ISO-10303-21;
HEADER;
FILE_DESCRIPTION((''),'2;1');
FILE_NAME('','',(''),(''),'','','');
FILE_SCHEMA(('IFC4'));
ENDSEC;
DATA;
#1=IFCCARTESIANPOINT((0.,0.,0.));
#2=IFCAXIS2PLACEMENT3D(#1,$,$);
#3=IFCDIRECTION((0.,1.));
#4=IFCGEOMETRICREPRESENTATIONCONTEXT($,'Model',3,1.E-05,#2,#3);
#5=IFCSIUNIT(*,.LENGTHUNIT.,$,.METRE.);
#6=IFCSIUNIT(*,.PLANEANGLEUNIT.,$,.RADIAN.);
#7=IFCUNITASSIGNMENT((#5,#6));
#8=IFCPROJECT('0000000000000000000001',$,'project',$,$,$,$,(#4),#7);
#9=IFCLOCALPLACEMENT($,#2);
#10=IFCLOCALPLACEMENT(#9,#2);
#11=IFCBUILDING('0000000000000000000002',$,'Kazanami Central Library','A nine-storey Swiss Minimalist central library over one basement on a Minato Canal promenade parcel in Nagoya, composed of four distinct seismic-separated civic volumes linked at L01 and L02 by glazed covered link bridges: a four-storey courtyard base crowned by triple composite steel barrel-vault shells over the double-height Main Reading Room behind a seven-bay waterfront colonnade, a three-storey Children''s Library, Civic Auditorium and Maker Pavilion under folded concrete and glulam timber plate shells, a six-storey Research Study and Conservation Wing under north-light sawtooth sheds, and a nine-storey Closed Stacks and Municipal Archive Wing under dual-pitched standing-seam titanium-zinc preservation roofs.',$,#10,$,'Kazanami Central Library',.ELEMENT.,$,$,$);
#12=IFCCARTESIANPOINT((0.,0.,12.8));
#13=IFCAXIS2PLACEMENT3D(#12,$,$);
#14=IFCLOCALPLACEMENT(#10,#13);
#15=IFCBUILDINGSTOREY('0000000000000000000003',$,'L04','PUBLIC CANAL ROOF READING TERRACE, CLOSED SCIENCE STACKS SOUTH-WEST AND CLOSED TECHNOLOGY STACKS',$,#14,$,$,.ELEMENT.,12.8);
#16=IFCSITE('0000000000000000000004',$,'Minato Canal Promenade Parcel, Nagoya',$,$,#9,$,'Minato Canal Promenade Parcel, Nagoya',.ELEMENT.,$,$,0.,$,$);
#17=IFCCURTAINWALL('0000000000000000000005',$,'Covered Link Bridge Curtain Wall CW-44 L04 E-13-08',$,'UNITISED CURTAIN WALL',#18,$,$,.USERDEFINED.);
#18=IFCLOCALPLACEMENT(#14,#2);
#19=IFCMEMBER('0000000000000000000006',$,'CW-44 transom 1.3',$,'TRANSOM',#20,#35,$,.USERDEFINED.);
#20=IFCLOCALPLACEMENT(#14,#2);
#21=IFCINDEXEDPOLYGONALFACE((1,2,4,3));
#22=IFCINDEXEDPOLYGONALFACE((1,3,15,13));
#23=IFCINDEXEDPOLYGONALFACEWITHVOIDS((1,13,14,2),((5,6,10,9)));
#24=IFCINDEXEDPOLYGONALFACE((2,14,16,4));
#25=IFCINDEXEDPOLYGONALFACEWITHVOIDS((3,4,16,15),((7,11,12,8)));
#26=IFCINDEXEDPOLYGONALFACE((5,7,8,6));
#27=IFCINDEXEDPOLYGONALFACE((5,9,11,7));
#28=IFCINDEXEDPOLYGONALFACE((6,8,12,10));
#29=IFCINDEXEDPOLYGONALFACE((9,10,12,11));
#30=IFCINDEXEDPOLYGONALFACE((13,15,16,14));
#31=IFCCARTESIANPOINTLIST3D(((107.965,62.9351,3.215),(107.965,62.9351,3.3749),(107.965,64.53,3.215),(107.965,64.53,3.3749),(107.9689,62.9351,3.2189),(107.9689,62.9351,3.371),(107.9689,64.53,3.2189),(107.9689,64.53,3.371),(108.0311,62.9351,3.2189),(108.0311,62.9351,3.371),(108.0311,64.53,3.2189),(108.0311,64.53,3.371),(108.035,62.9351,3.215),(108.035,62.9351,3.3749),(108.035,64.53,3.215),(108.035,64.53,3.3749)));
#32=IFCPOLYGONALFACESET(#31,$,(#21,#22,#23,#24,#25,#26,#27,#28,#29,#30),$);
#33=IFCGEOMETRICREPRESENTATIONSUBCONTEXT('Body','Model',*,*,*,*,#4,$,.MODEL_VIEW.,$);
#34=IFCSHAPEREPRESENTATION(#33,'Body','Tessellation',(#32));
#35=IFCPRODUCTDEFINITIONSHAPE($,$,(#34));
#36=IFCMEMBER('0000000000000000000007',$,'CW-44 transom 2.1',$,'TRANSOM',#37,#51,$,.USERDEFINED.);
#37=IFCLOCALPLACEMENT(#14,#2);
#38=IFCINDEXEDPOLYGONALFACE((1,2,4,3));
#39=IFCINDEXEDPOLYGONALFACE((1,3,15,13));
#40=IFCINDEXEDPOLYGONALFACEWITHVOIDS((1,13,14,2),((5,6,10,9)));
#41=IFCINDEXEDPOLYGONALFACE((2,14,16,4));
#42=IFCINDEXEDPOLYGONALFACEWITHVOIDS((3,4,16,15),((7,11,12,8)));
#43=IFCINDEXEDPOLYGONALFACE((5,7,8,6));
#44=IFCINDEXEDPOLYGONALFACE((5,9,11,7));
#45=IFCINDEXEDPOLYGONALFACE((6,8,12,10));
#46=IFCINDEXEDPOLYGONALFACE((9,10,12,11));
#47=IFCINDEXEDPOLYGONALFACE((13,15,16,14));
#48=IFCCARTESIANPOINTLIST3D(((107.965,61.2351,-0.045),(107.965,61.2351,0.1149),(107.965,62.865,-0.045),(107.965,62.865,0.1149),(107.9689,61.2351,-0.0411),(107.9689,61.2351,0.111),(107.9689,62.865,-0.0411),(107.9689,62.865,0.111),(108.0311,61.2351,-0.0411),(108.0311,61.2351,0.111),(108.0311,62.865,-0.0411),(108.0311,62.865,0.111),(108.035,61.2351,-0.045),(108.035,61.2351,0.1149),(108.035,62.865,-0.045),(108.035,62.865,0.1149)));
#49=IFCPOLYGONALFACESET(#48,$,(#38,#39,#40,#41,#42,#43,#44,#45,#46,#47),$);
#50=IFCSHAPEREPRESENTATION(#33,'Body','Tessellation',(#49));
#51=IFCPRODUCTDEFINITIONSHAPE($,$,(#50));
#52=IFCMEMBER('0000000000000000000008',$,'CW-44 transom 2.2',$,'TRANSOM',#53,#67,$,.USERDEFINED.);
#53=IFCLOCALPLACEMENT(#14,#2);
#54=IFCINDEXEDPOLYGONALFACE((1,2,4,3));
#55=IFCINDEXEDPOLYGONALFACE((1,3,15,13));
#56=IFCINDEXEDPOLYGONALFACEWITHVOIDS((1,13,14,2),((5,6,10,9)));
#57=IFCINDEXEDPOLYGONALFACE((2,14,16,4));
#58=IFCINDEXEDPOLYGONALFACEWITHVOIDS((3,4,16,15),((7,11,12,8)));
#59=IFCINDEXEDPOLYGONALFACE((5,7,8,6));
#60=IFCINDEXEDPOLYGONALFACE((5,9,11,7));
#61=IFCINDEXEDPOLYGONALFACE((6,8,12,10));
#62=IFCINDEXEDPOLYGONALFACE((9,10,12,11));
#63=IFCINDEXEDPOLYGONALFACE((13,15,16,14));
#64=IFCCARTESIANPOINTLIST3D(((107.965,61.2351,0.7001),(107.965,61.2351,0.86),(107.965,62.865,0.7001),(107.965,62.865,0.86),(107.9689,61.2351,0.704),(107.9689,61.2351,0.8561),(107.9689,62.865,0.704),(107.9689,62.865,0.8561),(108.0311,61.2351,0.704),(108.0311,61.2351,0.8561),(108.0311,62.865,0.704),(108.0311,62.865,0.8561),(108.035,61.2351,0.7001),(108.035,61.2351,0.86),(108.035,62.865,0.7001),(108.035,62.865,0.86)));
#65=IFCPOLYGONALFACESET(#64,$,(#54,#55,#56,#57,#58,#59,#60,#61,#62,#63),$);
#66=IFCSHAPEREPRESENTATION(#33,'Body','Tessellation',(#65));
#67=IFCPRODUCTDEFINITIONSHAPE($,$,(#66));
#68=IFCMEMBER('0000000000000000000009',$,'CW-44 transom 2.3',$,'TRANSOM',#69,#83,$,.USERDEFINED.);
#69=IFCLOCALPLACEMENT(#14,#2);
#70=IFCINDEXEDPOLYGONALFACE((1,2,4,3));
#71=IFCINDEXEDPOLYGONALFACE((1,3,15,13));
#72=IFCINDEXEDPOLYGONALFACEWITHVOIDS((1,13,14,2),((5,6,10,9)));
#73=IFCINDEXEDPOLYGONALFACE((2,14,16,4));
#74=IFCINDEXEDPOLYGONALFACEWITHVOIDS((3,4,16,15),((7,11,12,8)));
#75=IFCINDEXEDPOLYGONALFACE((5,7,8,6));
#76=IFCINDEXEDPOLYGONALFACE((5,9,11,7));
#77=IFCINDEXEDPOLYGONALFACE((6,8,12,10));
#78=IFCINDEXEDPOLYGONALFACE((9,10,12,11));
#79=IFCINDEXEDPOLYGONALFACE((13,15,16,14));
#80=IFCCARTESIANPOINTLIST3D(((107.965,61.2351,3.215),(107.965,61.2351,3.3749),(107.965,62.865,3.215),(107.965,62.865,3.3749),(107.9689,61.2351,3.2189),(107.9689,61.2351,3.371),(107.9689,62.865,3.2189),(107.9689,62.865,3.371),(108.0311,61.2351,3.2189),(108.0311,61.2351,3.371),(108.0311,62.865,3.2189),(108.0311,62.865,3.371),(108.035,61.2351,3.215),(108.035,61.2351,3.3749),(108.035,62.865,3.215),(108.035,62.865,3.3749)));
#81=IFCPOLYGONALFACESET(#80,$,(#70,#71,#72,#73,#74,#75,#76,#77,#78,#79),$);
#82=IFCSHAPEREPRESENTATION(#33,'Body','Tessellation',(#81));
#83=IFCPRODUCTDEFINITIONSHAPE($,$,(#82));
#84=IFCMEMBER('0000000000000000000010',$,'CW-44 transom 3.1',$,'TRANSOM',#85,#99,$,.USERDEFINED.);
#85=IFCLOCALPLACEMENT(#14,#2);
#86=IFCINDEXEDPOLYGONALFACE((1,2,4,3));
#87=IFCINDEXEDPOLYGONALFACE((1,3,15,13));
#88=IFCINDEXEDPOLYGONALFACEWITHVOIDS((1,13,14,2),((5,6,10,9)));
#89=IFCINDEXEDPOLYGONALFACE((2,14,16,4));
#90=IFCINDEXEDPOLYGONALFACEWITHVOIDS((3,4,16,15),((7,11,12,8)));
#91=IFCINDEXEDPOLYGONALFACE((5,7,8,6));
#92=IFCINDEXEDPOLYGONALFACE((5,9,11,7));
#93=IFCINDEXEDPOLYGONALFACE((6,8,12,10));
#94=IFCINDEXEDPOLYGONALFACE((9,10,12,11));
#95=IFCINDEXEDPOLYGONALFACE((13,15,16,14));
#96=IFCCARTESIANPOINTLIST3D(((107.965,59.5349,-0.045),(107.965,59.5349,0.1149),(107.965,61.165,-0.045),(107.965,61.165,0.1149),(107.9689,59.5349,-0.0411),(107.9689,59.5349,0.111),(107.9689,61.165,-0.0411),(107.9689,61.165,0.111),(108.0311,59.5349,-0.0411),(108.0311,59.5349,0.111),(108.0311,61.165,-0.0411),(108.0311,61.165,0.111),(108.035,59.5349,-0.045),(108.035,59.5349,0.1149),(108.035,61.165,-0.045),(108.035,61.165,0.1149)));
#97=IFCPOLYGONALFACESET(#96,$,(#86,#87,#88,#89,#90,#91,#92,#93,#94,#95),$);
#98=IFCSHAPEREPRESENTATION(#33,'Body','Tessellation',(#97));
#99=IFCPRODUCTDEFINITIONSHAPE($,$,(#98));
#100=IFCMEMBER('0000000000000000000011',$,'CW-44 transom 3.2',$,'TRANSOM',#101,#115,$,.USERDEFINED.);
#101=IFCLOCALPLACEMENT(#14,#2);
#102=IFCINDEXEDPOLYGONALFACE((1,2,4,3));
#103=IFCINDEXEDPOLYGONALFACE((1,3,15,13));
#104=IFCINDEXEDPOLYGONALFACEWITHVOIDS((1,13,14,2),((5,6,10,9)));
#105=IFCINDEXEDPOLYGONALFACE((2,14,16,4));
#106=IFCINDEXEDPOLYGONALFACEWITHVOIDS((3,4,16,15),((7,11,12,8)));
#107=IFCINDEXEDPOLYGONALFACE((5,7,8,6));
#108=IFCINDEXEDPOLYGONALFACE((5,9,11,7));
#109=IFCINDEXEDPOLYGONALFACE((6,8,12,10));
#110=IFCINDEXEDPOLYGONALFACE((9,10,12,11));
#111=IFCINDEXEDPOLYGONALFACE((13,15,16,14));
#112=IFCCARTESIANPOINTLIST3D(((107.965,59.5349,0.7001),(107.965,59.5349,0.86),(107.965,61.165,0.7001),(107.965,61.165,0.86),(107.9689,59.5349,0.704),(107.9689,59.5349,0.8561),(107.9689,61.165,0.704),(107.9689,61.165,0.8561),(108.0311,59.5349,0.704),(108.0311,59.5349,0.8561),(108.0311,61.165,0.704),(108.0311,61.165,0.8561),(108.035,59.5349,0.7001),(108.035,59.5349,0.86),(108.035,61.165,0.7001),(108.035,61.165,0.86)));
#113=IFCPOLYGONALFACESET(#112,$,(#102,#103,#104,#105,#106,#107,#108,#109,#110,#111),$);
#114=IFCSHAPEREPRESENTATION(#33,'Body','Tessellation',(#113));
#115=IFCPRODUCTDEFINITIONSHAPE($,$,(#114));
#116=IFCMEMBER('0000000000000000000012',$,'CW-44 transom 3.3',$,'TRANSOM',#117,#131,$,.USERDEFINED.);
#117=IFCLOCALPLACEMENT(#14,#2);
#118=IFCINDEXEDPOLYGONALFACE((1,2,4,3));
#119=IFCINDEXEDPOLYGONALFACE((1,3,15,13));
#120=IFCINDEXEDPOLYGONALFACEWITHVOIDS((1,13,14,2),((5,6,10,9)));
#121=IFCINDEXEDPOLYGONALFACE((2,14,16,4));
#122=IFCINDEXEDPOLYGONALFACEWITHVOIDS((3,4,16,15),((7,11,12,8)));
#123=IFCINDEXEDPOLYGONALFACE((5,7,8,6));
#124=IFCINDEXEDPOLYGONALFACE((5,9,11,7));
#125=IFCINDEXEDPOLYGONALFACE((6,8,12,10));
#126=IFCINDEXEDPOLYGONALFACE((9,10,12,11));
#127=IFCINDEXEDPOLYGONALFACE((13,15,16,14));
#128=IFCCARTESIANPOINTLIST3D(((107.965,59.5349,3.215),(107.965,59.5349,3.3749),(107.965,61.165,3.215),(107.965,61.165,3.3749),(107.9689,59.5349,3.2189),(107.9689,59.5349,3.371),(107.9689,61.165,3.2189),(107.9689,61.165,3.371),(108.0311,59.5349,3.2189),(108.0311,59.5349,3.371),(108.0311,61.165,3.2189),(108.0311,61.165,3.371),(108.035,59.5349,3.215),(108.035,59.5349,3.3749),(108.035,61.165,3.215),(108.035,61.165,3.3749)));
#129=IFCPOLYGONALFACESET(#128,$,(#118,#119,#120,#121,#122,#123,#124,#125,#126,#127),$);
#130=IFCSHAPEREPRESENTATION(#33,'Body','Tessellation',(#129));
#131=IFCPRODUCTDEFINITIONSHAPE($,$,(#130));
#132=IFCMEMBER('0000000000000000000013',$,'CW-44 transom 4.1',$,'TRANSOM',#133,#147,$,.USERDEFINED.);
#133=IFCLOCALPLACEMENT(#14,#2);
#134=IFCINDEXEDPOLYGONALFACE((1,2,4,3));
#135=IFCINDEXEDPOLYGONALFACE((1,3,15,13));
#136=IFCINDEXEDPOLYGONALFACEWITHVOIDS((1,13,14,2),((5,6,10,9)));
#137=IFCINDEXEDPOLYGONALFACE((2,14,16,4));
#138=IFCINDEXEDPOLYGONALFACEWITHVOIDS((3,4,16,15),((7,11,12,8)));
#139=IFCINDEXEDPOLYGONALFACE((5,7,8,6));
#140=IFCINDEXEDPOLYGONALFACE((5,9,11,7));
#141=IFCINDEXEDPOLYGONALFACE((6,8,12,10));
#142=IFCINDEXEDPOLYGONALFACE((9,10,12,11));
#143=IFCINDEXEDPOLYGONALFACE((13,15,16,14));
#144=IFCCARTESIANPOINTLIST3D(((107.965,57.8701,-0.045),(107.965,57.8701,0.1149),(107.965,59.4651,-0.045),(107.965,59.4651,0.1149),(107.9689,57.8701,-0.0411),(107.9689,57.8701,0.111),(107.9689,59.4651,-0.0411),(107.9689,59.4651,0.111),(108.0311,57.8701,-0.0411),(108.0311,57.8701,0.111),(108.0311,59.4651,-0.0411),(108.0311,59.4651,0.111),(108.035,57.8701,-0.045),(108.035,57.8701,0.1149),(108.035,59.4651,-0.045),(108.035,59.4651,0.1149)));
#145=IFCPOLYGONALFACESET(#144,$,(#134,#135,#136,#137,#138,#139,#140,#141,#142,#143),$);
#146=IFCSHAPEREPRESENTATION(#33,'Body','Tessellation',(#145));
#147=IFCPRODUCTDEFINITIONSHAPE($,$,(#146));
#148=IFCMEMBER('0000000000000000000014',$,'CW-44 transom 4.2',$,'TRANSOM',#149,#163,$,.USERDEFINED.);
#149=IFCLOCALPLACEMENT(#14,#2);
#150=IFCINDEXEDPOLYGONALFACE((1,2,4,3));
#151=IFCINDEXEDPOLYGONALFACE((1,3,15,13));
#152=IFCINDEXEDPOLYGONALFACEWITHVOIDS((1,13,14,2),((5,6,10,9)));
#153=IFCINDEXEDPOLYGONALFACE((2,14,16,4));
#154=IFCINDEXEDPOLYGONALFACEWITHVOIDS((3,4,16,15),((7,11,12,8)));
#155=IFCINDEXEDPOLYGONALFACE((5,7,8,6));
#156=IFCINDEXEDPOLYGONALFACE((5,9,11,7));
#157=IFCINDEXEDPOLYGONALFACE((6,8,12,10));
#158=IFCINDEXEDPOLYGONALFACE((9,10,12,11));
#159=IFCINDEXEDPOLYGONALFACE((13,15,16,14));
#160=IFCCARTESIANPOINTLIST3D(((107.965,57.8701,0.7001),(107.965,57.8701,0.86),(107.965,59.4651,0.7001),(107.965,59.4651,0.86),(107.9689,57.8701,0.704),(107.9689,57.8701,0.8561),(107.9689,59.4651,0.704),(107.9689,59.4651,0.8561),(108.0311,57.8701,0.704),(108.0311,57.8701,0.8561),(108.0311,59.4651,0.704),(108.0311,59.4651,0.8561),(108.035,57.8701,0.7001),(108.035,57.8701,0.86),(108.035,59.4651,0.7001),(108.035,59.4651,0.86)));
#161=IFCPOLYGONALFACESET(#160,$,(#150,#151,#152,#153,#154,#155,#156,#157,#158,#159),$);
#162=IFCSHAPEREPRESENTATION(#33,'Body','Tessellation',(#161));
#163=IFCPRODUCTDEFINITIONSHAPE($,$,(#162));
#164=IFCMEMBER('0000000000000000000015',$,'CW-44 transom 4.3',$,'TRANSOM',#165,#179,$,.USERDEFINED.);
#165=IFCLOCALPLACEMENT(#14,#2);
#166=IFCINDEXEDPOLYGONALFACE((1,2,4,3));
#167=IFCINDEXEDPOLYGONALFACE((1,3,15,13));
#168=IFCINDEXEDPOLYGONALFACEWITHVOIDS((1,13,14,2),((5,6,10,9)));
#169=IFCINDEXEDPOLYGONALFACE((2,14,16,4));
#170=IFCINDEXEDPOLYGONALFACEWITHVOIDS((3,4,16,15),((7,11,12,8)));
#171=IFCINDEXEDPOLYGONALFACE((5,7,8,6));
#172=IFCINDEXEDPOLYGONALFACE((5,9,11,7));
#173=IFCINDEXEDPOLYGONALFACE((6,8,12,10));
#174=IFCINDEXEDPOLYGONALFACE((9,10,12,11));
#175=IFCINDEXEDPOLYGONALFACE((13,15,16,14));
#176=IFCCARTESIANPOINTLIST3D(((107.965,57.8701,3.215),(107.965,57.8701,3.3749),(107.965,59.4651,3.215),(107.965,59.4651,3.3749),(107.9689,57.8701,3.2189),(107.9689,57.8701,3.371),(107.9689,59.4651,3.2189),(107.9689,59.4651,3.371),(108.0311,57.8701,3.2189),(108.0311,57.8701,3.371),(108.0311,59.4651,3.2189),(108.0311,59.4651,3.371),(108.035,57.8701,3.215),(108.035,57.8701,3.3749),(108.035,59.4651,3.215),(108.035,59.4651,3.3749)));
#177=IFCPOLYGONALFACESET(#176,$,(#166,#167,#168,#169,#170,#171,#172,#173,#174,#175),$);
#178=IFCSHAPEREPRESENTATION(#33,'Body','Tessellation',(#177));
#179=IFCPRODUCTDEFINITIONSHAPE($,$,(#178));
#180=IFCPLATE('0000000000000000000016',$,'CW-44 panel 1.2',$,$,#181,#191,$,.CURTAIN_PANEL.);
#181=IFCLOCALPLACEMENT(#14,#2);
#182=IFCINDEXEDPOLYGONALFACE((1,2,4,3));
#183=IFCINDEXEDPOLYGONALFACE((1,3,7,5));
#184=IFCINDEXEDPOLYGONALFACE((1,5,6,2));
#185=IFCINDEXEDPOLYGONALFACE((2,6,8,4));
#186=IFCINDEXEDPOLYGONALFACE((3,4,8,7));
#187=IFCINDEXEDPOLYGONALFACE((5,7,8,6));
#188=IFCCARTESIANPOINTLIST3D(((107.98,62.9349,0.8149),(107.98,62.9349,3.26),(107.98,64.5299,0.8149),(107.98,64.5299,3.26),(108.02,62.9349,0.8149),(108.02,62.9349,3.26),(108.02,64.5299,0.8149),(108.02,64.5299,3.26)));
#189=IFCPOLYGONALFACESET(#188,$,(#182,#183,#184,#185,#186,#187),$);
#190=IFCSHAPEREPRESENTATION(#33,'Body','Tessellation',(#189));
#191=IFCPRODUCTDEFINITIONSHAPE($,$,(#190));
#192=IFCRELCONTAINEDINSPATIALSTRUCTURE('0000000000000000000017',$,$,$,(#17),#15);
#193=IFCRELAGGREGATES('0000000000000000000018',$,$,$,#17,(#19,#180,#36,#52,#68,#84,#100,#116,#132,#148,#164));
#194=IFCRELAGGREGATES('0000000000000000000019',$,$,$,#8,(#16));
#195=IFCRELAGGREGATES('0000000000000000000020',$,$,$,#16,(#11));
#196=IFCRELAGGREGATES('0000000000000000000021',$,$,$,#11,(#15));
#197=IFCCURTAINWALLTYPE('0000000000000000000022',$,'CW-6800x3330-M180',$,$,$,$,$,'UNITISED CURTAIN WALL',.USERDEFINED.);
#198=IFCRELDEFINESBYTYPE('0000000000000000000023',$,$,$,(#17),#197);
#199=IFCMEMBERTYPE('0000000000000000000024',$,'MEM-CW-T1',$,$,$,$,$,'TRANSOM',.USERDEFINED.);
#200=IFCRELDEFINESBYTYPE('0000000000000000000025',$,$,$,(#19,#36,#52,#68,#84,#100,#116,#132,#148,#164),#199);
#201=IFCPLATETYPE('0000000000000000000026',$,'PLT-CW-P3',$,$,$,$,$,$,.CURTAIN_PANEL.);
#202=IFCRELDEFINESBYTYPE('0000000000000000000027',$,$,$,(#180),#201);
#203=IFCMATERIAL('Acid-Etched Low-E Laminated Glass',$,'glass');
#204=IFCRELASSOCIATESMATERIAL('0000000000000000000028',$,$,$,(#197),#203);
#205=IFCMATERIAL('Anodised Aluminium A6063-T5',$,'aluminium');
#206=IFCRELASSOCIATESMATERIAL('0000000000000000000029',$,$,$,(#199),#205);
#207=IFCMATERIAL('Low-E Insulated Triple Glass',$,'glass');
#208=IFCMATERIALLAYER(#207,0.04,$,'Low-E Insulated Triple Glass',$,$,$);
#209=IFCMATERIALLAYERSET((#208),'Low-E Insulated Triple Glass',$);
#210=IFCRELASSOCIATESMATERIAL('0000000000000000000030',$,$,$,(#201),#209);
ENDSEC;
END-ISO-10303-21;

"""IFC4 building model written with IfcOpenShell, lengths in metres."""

from ifc_helpers import new_model, si_unit, direction, frame, origin, origin_2d, place, context, subcontext, project, spatial, rectangle, hollow_rectangle, extrude, material, layer, layer_set, material_profile, profile_set, type_object, element, aggregate, save


model = new_model("IFC4")

# Units and contexts
model_context = context("Model", 3, precision=1e-05, world=origin(), true_north=direction((0.0, 1.0)))
body_context = subcontext(model_context, "Body", "Model", "MODEL_VIEW")
ifc_project = project(units=[si_unit("LENGTHUNIT", "METRE"), si_unit("PLANEANGLEUNIT", "RADIAN")], contexts=[model_context])

# Site, building, storey
site_placement = place(None, origin())
site = spatial("IfcSite", under=ifc_project, at=site_placement, Name="Minato Canal Promenade Parcel, Nagoya", LongName="Minato Canal Promenade Parcel, Nagoya", CompositionType="ELEMENT", RefElevation=0.0)
building_placement = place(site_placement, origin())
building = spatial("IfcBuilding", under=site, at=building_placement, Name="Kazanami Central Library", Description="A nine-storey Swiss Minimalist central library over one basement on a Minato Canal promenade parcel in Nagoya, composed of four distinct seismic-separated civic volumes linked at L01 and L02 by glazed covered link bridges: a four-storey courtyard base crowned by triple composite steel barrel-vault shells over the double-height Main Reading Room behind a seven-bay waterfront colonnade, a three-storey Children's Library, Civic Auditorium and Maker Pavilion under folded concrete and glulam timber plate shells, a six-storey Research Study and Conservation Wing under north-light sawtooth sheds, and a nine-storey Closed Stacks and Municipal Archive Wing under dual-pitched standing-seam titanium-zinc preservation roofs.", LongName="Kazanami Central Library", CompositionType="ELEMENT")
storey_placement = place(building_placement, frame((0.0, 0.0, 12.8)))
storey = spatial("IfcBuildingStorey", under=building, at=storey_placement, Name="L04", Description="PUBLIC CANAL ROOF READING TERRACE, CLOSED SCIENCE STACKS SOUTH-WEST AND CLOSED TECHNOLOGY STACKS", CompositionType="ELEMENT", Elevation=12.8)

# Curtain wall
ifc_material_1 = material(Name="Acid-Etched Low-E Laminated Glass", Category="glass")
curtain_wall_type = type_object("IfcCurtainWallType", Name="CW-6800x3330-M180", ElementType="UNITISED CURTAIN WALL", PredefinedType="USERDEFINED", material=ifc_material_1)
curtain_wall_1_placement = place(storey_placement, origin())
curtain_wall_1 = element("IfcCurtainWall", 1, at=curtain_wall_1_placement, inside=storey, type_object=curtain_wall_type, Name="Covered Link Bridge Curtain Wall CW-44 L04 E-13-08", ObjectType="UNITISED CURTAIN WALL", PredefinedType="USERDEFINED")
ifc_material_2 = material(Name="Anodised Aluminium A6063-T5", Category="aluminium")

# Members
ifc_material_profile_1 = material_profile(ifc_material_2, hollow_rectangle(XDim=0.0701, YDim=0.1599, WallThickness=0.0039, at=origin_2d()), Name="ALU-TRAN-70x160x4")
ifc_profile_set_1 = profile_set([ifc_material_profile_1], Name="Anodised Aluminium A6063-T5")
member_type_1 = type_object("IfcMemberType", Name="MEM-CW-T1", ElementType="TRANSOM", PredefinedType="USERDEFINED", material=ifc_profile_set_1)
member_1_placement = place(storey_placement, frame((108.0, 64.53, 3.2949), z_axis=(0.0, -1.0, 0.0), x_axis=(1.0, 0.0, 0.0)))
member_1 = element("IfcMember", 2, at=member_1_placement, type_object=member_type_1, Name="CW-44 transom 1.3", ObjectType="TRANSOM", PredefinedType="USERDEFINED", context=body_context, shape_type="SweptSolid", body=[
    extrude(hollow_rectangle(XDim=0.0701, YDim=0.1599, WallThickness=0.0039, at=origin_2d()), origin(), (0.0, 0.0, 1.0), 1.595),
])
member_2_placement = place(storey_placement, frame((108.0, 62.865, 0.0349), z_axis=(0.0, -1.0, 0.0), x_axis=(1.0, 0.0, 0.0)))
member_2 = element("IfcMember", 3, at=member_2_placement, type_object=member_type_1, Name="CW-44 transom 2.1", ObjectType="TRANSOM", PredefinedType="USERDEFINED", context=body_context, shape_type="SweptSolid", body=[
    extrude(hollow_rectangle(XDim=0.0701, YDim=0.1599, WallThickness=0.0039, at=origin_2d()), origin(), (0.0, 0.0, 1.0), 1.6299),
])
member_3_placement = place(storey_placement, frame((108.0, 62.865, 0.78), z_axis=(0.0, -1.0, 0.0), x_axis=(1.0, 0.0, 0.0)))
member_3 = element("IfcMember", 4, at=member_3_placement, type_object=member_type_1, Name="CW-44 transom 2.2", ObjectType="TRANSOM", PredefinedType="USERDEFINED", context=body_context, shape_type="SweptSolid", body=[
    extrude(hollow_rectangle(XDim=0.0701, YDim=0.1599, WallThickness=0.0039, at=origin_2d()), origin(), (0.0, 0.0, 1.0), 1.6299),
])
member_4_placement = place(storey_placement, frame((108.0, 62.865, 3.2949), z_axis=(0.0, -1.0, 0.0), x_axis=(1.0, 0.0, 0.0)))
member_4 = element("IfcMember", 5, at=member_4_placement, type_object=member_type_1, Name="CW-44 transom 2.3", ObjectType="TRANSOM", PredefinedType="USERDEFINED", context=body_context, shape_type="SweptSolid", body=[
    extrude(hollow_rectangle(XDim=0.0701, YDim=0.1599, WallThickness=0.0039, at=origin_2d()), origin(), (0.0, 0.0, 1.0), 1.6299),
])
member_5_placement = place(storey_placement, frame((108.0, 61.165, 0.0349), z_axis=(0.0, -1.0, 0.0), x_axis=(1.0, 0.0, 0.0)))
member_5 = element("IfcMember", 6, at=member_5_placement, type_object=member_type_1, Name="CW-44 transom 3.1", ObjectType="TRANSOM", PredefinedType="USERDEFINED", context=body_context, shape_type="SweptSolid", body=[
    extrude(hollow_rectangle(XDim=0.0701, YDim=0.1599, WallThickness=0.0039, at=origin_2d()), origin(), (0.0, 0.0, 1.0), 1.6301),
])
member_6_placement = place(storey_placement, frame((108.0, 61.165, 0.78), z_axis=(0.0, -1.0, 0.0), x_axis=(1.0, 0.0, 0.0)))
member_6 = element("IfcMember", 7, at=member_6_placement, type_object=member_type_1, Name="CW-44 transom 3.2", ObjectType="TRANSOM", PredefinedType="USERDEFINED", context=body_context, shape_type="SweptSolid", body=[
    extrude(hollow_rectangle(XDim=0.0701, YDim=0.1599, WallThickness=0.0039, at=origin_2d()), origin(), (0.0, 0.0, 1.0), 1.6301),
])
member_7_placement = place(storey_placement, frame((108.0, 61.165, 3.2949), z_axis=(0.0, -1.0, 0.0), x_axis=(1.0, 0.0, 0.0)))
member_7 = element("IfcMember", 8, at=member_7_placement, type_object=member_type_1, Name="CW-44 transom 3.3", ObjectType="TRANSOM", PredefinedType="USERDEFINED", context=body_context, shape_type="SweptSolid", body=[
    extrude(hollow_rectangle(XDim=0.0701, YDim=0.1599, WallThickness=0.0039, at=origin_2d()), origin(), (0.0, 0.0, 1.0), 1.6301),
])
member_8_placement = place(storey_placement, frame((108.0, 59.4651, 0.0349), z_axis=(0.0, -1.0, 0.0), x_axis=(1.0, 0.0, 0.0)))
member_8 = element("IfcMember", 9, at=member_8_placement, type_object=member_type_1, Name="CW-44 transom 4.1", ObjectType="TRANSOM", PredefinedType="USERDEFINED", context=body_context, shape_type="SweptSolid", body=[
    extrude(hollow_rectangle(XDim=0.0701, YDim=0.1599, WallThickness=0.0039, at=origin_2d()), origin(), (0.0, 0.0, 1.0), 1.595),
])
member_9_placement = place(storey_placement, frame((108.0, 59.4651, 0.78), z_axis=(0.0, -1.0, 0.0), x_axis=(1.0, 0.0, 0.0)))
member_9 = element("IfcMember", 10, at=member_9_placement, type_object=member_type_1, Name="CW-44 transom 4.2", ObjectType="TRANSOM", PredefinedType="USERDEFINED", context=body_context, shape_type="SweptSolid", body=[
    extrude(hollow_rectangle(XDim=0.0701, YDim=0.1599, WallThickness=0.0039, at=origin_2d()), origin(), (0.0, 0.0, 1.0), 1.595),
])
member_10_placement = place(storey_placement, frame((108.0, 59.4651, 3.2949), z_axis=(0.0, -1.0, 0.0), x_axis=(1.0, 0.0, 0.0)))
member_10 = element("IfcMember", 11, at=member_10_placement, type_object=member_type_1, Name="CW-44 transom 4.3", ObjectType="TRANSOM", PredefinedType="USERDEFINED", context=body_context, shape_type="SweptSolid", body=[
    extrude(hollow_rectangle(XDim=0.0701, YDim=0.1599, WallThickness=0.0039, at=origin_2d()), origin(), (0.0, 0.0, 1.0), 1.595),
])

# Plate
ifc_material_3 = material(Name="Low-E Insulated Triple Glass", Category="glass")
ifc_layer_1 = layer(ifc_material_3, 0.04, Name="Low-E Insulated Triple Glass")
ifc_layer_set_1 = layer_set([ifc_layer_1], Name="Low-E Insulated Triple Glass")
plate_type_1 = type_object("IfcPlateType", Name="PLT-CW-P3", PredefinedType="CURTAIN_PANEL", material=ifc_layer_set_1)
plate_1_placement = place(storey_placement, frame((108.0, 63.7324, 0.8149), z_axis=(0.0, 0.0, 1.0), x_axis=(0.0, -1.0, 0.0)))
plate_1 = element("IfcPlate", 12, at=plate_1_placement, type_object=plate_type_1, Name="CW-44 panel 1.2", PredefinedType="CURTAIN_PANEL", context=body_context, shape_type="SweptSolid", body=[
    extrude(rectangle(XDim=1.595, YDim=0.04, at=origin_2d()), origin(), (0.0, 0.0, 1.0), 2.4451),
])
aggregate(curtain_wall_1, [member_1, plate_1, member_2, member_3, member_4, member_5, member_6, member_7, member_8, member_9, member_10])

save(model, "model.ifc")
